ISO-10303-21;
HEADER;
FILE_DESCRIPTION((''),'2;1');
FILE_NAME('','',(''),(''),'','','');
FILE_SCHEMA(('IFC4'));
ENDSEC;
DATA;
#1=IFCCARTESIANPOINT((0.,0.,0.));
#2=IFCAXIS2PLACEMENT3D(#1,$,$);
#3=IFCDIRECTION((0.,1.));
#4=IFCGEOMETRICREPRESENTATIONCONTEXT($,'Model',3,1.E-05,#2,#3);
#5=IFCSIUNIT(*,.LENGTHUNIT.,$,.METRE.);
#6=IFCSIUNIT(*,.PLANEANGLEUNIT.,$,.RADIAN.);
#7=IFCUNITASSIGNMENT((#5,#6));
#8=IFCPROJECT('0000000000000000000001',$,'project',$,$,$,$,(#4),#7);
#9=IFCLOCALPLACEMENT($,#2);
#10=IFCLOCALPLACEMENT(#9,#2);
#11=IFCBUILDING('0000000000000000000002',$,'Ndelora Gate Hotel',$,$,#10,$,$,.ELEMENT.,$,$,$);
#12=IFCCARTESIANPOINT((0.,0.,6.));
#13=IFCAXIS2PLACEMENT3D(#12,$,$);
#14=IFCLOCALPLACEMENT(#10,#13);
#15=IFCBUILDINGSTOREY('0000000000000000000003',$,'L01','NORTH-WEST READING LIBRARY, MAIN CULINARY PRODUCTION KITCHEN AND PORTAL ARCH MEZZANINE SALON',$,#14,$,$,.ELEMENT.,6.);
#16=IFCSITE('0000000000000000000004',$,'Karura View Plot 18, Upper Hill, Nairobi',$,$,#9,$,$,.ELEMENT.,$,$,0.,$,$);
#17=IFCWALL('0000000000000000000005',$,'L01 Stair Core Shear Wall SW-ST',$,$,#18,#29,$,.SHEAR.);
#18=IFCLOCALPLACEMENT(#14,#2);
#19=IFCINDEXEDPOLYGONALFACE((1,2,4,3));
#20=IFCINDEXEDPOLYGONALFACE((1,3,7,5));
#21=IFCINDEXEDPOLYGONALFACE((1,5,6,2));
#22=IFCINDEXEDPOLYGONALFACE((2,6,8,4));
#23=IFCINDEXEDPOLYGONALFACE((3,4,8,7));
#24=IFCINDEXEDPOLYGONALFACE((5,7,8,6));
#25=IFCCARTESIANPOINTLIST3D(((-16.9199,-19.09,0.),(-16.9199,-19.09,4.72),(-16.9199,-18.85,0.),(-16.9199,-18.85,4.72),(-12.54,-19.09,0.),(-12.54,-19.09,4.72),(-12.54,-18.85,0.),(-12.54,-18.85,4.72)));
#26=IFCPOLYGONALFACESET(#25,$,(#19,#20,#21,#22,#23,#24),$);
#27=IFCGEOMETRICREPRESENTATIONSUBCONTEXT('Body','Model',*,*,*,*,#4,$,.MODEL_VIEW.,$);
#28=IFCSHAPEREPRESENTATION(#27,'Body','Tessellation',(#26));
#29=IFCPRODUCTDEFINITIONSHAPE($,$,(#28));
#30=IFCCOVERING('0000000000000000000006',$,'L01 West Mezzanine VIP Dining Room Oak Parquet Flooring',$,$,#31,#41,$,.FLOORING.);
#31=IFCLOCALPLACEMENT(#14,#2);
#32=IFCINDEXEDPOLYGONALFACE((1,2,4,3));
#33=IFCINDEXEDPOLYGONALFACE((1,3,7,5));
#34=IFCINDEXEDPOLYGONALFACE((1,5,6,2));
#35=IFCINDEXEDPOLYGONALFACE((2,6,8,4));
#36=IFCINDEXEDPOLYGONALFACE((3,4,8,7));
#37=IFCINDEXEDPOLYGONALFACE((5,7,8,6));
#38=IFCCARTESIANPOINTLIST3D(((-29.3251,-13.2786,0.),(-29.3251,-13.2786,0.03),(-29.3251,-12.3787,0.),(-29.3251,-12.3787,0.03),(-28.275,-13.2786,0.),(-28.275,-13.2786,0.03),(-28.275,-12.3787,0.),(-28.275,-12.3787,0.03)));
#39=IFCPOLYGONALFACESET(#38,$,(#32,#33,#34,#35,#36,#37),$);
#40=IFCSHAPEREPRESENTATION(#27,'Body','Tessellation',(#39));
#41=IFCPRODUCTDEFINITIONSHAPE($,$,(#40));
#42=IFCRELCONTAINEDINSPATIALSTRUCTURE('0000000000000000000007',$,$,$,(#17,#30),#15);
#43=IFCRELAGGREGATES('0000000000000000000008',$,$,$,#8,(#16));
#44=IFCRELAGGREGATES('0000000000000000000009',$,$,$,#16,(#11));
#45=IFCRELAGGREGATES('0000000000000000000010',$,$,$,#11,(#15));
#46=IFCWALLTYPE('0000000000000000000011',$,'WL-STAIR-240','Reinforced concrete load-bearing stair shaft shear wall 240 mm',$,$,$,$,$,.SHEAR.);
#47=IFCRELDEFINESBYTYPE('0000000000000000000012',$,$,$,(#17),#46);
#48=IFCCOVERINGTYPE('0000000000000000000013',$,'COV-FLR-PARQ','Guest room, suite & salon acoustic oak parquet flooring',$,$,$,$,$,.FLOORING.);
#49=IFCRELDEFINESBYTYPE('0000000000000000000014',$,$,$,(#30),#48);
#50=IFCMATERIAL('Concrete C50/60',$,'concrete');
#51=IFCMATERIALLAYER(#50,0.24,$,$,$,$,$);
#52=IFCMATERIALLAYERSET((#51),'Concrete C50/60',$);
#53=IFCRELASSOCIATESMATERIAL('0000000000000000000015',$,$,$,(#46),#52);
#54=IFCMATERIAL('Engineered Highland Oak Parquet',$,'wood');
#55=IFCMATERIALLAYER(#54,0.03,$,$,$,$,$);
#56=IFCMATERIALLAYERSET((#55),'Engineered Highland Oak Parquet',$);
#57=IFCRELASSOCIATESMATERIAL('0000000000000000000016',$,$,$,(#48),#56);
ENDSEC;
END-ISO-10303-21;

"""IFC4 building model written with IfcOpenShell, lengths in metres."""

from ifc_helpers import new_model, si_unit, direction, frame, frame_2d, origin, origin_2d, place, context, subcontext, project, spatial, rectangle, extrude, material, layer, layer_set, type_object, element, save


model = new_model("IFC4")

# Units and contexts
model_context = context("Model", 3, precision=1e-05, world=origin(), true_north=direction((0.0, 1.0)))
body_context = subcontext(model_context, "Body", "Model", "MODEL_VIEW")
ifc_project = project(units=[si_unit("LENGTHUNIT", "METRE"), si_unit("PLANEANGLEUNIT", "RADIAN")], contexts=[model_context])

# Site, building, storey
site_placement = place(None, origin())
site = spatial("IfcSite", under=ifc_project, at=site_placement, Name="Karura View Plot 18, Upper Hill, Nairobi", CompositionType="ELEMENT", RefElevation=0.0)
building_placement = place(site_placement, origin())
building = spatial("IfcBuilding", under=site, at=building_placement, Name="Ndelora Gate Hotel", CompositionType="ELEMENT")
storey_placement = place(building_placement, frame((0.0, 0.0, 6.0)))
storey = spatial("IfcBuildingStorey", under=building, at=storey_placement, Name="L01", Description="NORTH-WEST READING LIBRARY, MAIN CULINARY PRODUCTION KITCHEN AND PORTAL ARCH MEZZANINE SALON", CompositionType="ELEMENT", Elevation=6.0)

# Shared definitions
ifc_material_1 = material(Name="Concrete C50/60", Category="concrete")

# Wall
ifc_layer_1 = layer(ifc_material_1, 0.24)
ifc_layer_set_1 = layer_set([ifc_layer_1], Name="Concrete C50/60")
wall_type_1 = type_object("IfcWallType", Name="WL-STAIR-240", Description="Reinforced concrete load-bearing stair shaft shear wall 240 mm", PredefinedType="SHEAR", material=ifc_layer_set_1)
wall_1_placement = place(storey_placement, frame((-16.9199, -18.97, 0.0), z_axis=(0.0, 0.0, 1.0), x_axis=(1.0, 0.0, 0.0)))
element("IfcWall", 1, at=wall_1_placement, inside=storey, type_object=wall_type_1, Name="L01 Stair Core Shear Wall SW-ST", PredefinedType="SHEAR", context=body_context, shape_type="SweptSolid", body=[
    extrude(rectangle(XDim=4.3799, YDim=0.24, at=frame_2d((2.1899, 0.0))), origin(), (0.0, 0.0, 1.0), 4.72),
])

# Covering
ifc_material_2 = material(Name="Engineered Highland Oak Parquet", Category="wood")
ifc_layer_2 = layer(ifc_material_2, 0.03)
ifc_layer_set_2 = layer_set([ifc_layer_2], Name="Engineered Highland Oak Parquet")
covering_type = type_object("IfcCoveringType", Name="COV-FLR-PARQ", Description="Guest room, suite & salon acoustic oak parquet flooring", PredefinedType="FLOORING", material=ifc_layer_set_2)
covering_placement = place(storey_placement, frame((-28.8, -12.8286, 0.0), z_axis=(0.0, 0.0, 1.0), x_axis=(1.0, 0.0, 0.0)))
element("IfcCovering", 2, at=covering_placement, inside=storey, type_object=covering_type, Name="L01 West Mezzanine VIP Dining Room Oak Parquet Flooring", PredefinedType="FLOORING", context=body_context, shape_type="SweptSolid", body=[
    extrude(rectangle(XDim=1.05, YDim=0.8999, at=origin_2d()), origin(), (0.0, 0.0, 1.0), 0.03),
])

save(model, "model.ifc")
